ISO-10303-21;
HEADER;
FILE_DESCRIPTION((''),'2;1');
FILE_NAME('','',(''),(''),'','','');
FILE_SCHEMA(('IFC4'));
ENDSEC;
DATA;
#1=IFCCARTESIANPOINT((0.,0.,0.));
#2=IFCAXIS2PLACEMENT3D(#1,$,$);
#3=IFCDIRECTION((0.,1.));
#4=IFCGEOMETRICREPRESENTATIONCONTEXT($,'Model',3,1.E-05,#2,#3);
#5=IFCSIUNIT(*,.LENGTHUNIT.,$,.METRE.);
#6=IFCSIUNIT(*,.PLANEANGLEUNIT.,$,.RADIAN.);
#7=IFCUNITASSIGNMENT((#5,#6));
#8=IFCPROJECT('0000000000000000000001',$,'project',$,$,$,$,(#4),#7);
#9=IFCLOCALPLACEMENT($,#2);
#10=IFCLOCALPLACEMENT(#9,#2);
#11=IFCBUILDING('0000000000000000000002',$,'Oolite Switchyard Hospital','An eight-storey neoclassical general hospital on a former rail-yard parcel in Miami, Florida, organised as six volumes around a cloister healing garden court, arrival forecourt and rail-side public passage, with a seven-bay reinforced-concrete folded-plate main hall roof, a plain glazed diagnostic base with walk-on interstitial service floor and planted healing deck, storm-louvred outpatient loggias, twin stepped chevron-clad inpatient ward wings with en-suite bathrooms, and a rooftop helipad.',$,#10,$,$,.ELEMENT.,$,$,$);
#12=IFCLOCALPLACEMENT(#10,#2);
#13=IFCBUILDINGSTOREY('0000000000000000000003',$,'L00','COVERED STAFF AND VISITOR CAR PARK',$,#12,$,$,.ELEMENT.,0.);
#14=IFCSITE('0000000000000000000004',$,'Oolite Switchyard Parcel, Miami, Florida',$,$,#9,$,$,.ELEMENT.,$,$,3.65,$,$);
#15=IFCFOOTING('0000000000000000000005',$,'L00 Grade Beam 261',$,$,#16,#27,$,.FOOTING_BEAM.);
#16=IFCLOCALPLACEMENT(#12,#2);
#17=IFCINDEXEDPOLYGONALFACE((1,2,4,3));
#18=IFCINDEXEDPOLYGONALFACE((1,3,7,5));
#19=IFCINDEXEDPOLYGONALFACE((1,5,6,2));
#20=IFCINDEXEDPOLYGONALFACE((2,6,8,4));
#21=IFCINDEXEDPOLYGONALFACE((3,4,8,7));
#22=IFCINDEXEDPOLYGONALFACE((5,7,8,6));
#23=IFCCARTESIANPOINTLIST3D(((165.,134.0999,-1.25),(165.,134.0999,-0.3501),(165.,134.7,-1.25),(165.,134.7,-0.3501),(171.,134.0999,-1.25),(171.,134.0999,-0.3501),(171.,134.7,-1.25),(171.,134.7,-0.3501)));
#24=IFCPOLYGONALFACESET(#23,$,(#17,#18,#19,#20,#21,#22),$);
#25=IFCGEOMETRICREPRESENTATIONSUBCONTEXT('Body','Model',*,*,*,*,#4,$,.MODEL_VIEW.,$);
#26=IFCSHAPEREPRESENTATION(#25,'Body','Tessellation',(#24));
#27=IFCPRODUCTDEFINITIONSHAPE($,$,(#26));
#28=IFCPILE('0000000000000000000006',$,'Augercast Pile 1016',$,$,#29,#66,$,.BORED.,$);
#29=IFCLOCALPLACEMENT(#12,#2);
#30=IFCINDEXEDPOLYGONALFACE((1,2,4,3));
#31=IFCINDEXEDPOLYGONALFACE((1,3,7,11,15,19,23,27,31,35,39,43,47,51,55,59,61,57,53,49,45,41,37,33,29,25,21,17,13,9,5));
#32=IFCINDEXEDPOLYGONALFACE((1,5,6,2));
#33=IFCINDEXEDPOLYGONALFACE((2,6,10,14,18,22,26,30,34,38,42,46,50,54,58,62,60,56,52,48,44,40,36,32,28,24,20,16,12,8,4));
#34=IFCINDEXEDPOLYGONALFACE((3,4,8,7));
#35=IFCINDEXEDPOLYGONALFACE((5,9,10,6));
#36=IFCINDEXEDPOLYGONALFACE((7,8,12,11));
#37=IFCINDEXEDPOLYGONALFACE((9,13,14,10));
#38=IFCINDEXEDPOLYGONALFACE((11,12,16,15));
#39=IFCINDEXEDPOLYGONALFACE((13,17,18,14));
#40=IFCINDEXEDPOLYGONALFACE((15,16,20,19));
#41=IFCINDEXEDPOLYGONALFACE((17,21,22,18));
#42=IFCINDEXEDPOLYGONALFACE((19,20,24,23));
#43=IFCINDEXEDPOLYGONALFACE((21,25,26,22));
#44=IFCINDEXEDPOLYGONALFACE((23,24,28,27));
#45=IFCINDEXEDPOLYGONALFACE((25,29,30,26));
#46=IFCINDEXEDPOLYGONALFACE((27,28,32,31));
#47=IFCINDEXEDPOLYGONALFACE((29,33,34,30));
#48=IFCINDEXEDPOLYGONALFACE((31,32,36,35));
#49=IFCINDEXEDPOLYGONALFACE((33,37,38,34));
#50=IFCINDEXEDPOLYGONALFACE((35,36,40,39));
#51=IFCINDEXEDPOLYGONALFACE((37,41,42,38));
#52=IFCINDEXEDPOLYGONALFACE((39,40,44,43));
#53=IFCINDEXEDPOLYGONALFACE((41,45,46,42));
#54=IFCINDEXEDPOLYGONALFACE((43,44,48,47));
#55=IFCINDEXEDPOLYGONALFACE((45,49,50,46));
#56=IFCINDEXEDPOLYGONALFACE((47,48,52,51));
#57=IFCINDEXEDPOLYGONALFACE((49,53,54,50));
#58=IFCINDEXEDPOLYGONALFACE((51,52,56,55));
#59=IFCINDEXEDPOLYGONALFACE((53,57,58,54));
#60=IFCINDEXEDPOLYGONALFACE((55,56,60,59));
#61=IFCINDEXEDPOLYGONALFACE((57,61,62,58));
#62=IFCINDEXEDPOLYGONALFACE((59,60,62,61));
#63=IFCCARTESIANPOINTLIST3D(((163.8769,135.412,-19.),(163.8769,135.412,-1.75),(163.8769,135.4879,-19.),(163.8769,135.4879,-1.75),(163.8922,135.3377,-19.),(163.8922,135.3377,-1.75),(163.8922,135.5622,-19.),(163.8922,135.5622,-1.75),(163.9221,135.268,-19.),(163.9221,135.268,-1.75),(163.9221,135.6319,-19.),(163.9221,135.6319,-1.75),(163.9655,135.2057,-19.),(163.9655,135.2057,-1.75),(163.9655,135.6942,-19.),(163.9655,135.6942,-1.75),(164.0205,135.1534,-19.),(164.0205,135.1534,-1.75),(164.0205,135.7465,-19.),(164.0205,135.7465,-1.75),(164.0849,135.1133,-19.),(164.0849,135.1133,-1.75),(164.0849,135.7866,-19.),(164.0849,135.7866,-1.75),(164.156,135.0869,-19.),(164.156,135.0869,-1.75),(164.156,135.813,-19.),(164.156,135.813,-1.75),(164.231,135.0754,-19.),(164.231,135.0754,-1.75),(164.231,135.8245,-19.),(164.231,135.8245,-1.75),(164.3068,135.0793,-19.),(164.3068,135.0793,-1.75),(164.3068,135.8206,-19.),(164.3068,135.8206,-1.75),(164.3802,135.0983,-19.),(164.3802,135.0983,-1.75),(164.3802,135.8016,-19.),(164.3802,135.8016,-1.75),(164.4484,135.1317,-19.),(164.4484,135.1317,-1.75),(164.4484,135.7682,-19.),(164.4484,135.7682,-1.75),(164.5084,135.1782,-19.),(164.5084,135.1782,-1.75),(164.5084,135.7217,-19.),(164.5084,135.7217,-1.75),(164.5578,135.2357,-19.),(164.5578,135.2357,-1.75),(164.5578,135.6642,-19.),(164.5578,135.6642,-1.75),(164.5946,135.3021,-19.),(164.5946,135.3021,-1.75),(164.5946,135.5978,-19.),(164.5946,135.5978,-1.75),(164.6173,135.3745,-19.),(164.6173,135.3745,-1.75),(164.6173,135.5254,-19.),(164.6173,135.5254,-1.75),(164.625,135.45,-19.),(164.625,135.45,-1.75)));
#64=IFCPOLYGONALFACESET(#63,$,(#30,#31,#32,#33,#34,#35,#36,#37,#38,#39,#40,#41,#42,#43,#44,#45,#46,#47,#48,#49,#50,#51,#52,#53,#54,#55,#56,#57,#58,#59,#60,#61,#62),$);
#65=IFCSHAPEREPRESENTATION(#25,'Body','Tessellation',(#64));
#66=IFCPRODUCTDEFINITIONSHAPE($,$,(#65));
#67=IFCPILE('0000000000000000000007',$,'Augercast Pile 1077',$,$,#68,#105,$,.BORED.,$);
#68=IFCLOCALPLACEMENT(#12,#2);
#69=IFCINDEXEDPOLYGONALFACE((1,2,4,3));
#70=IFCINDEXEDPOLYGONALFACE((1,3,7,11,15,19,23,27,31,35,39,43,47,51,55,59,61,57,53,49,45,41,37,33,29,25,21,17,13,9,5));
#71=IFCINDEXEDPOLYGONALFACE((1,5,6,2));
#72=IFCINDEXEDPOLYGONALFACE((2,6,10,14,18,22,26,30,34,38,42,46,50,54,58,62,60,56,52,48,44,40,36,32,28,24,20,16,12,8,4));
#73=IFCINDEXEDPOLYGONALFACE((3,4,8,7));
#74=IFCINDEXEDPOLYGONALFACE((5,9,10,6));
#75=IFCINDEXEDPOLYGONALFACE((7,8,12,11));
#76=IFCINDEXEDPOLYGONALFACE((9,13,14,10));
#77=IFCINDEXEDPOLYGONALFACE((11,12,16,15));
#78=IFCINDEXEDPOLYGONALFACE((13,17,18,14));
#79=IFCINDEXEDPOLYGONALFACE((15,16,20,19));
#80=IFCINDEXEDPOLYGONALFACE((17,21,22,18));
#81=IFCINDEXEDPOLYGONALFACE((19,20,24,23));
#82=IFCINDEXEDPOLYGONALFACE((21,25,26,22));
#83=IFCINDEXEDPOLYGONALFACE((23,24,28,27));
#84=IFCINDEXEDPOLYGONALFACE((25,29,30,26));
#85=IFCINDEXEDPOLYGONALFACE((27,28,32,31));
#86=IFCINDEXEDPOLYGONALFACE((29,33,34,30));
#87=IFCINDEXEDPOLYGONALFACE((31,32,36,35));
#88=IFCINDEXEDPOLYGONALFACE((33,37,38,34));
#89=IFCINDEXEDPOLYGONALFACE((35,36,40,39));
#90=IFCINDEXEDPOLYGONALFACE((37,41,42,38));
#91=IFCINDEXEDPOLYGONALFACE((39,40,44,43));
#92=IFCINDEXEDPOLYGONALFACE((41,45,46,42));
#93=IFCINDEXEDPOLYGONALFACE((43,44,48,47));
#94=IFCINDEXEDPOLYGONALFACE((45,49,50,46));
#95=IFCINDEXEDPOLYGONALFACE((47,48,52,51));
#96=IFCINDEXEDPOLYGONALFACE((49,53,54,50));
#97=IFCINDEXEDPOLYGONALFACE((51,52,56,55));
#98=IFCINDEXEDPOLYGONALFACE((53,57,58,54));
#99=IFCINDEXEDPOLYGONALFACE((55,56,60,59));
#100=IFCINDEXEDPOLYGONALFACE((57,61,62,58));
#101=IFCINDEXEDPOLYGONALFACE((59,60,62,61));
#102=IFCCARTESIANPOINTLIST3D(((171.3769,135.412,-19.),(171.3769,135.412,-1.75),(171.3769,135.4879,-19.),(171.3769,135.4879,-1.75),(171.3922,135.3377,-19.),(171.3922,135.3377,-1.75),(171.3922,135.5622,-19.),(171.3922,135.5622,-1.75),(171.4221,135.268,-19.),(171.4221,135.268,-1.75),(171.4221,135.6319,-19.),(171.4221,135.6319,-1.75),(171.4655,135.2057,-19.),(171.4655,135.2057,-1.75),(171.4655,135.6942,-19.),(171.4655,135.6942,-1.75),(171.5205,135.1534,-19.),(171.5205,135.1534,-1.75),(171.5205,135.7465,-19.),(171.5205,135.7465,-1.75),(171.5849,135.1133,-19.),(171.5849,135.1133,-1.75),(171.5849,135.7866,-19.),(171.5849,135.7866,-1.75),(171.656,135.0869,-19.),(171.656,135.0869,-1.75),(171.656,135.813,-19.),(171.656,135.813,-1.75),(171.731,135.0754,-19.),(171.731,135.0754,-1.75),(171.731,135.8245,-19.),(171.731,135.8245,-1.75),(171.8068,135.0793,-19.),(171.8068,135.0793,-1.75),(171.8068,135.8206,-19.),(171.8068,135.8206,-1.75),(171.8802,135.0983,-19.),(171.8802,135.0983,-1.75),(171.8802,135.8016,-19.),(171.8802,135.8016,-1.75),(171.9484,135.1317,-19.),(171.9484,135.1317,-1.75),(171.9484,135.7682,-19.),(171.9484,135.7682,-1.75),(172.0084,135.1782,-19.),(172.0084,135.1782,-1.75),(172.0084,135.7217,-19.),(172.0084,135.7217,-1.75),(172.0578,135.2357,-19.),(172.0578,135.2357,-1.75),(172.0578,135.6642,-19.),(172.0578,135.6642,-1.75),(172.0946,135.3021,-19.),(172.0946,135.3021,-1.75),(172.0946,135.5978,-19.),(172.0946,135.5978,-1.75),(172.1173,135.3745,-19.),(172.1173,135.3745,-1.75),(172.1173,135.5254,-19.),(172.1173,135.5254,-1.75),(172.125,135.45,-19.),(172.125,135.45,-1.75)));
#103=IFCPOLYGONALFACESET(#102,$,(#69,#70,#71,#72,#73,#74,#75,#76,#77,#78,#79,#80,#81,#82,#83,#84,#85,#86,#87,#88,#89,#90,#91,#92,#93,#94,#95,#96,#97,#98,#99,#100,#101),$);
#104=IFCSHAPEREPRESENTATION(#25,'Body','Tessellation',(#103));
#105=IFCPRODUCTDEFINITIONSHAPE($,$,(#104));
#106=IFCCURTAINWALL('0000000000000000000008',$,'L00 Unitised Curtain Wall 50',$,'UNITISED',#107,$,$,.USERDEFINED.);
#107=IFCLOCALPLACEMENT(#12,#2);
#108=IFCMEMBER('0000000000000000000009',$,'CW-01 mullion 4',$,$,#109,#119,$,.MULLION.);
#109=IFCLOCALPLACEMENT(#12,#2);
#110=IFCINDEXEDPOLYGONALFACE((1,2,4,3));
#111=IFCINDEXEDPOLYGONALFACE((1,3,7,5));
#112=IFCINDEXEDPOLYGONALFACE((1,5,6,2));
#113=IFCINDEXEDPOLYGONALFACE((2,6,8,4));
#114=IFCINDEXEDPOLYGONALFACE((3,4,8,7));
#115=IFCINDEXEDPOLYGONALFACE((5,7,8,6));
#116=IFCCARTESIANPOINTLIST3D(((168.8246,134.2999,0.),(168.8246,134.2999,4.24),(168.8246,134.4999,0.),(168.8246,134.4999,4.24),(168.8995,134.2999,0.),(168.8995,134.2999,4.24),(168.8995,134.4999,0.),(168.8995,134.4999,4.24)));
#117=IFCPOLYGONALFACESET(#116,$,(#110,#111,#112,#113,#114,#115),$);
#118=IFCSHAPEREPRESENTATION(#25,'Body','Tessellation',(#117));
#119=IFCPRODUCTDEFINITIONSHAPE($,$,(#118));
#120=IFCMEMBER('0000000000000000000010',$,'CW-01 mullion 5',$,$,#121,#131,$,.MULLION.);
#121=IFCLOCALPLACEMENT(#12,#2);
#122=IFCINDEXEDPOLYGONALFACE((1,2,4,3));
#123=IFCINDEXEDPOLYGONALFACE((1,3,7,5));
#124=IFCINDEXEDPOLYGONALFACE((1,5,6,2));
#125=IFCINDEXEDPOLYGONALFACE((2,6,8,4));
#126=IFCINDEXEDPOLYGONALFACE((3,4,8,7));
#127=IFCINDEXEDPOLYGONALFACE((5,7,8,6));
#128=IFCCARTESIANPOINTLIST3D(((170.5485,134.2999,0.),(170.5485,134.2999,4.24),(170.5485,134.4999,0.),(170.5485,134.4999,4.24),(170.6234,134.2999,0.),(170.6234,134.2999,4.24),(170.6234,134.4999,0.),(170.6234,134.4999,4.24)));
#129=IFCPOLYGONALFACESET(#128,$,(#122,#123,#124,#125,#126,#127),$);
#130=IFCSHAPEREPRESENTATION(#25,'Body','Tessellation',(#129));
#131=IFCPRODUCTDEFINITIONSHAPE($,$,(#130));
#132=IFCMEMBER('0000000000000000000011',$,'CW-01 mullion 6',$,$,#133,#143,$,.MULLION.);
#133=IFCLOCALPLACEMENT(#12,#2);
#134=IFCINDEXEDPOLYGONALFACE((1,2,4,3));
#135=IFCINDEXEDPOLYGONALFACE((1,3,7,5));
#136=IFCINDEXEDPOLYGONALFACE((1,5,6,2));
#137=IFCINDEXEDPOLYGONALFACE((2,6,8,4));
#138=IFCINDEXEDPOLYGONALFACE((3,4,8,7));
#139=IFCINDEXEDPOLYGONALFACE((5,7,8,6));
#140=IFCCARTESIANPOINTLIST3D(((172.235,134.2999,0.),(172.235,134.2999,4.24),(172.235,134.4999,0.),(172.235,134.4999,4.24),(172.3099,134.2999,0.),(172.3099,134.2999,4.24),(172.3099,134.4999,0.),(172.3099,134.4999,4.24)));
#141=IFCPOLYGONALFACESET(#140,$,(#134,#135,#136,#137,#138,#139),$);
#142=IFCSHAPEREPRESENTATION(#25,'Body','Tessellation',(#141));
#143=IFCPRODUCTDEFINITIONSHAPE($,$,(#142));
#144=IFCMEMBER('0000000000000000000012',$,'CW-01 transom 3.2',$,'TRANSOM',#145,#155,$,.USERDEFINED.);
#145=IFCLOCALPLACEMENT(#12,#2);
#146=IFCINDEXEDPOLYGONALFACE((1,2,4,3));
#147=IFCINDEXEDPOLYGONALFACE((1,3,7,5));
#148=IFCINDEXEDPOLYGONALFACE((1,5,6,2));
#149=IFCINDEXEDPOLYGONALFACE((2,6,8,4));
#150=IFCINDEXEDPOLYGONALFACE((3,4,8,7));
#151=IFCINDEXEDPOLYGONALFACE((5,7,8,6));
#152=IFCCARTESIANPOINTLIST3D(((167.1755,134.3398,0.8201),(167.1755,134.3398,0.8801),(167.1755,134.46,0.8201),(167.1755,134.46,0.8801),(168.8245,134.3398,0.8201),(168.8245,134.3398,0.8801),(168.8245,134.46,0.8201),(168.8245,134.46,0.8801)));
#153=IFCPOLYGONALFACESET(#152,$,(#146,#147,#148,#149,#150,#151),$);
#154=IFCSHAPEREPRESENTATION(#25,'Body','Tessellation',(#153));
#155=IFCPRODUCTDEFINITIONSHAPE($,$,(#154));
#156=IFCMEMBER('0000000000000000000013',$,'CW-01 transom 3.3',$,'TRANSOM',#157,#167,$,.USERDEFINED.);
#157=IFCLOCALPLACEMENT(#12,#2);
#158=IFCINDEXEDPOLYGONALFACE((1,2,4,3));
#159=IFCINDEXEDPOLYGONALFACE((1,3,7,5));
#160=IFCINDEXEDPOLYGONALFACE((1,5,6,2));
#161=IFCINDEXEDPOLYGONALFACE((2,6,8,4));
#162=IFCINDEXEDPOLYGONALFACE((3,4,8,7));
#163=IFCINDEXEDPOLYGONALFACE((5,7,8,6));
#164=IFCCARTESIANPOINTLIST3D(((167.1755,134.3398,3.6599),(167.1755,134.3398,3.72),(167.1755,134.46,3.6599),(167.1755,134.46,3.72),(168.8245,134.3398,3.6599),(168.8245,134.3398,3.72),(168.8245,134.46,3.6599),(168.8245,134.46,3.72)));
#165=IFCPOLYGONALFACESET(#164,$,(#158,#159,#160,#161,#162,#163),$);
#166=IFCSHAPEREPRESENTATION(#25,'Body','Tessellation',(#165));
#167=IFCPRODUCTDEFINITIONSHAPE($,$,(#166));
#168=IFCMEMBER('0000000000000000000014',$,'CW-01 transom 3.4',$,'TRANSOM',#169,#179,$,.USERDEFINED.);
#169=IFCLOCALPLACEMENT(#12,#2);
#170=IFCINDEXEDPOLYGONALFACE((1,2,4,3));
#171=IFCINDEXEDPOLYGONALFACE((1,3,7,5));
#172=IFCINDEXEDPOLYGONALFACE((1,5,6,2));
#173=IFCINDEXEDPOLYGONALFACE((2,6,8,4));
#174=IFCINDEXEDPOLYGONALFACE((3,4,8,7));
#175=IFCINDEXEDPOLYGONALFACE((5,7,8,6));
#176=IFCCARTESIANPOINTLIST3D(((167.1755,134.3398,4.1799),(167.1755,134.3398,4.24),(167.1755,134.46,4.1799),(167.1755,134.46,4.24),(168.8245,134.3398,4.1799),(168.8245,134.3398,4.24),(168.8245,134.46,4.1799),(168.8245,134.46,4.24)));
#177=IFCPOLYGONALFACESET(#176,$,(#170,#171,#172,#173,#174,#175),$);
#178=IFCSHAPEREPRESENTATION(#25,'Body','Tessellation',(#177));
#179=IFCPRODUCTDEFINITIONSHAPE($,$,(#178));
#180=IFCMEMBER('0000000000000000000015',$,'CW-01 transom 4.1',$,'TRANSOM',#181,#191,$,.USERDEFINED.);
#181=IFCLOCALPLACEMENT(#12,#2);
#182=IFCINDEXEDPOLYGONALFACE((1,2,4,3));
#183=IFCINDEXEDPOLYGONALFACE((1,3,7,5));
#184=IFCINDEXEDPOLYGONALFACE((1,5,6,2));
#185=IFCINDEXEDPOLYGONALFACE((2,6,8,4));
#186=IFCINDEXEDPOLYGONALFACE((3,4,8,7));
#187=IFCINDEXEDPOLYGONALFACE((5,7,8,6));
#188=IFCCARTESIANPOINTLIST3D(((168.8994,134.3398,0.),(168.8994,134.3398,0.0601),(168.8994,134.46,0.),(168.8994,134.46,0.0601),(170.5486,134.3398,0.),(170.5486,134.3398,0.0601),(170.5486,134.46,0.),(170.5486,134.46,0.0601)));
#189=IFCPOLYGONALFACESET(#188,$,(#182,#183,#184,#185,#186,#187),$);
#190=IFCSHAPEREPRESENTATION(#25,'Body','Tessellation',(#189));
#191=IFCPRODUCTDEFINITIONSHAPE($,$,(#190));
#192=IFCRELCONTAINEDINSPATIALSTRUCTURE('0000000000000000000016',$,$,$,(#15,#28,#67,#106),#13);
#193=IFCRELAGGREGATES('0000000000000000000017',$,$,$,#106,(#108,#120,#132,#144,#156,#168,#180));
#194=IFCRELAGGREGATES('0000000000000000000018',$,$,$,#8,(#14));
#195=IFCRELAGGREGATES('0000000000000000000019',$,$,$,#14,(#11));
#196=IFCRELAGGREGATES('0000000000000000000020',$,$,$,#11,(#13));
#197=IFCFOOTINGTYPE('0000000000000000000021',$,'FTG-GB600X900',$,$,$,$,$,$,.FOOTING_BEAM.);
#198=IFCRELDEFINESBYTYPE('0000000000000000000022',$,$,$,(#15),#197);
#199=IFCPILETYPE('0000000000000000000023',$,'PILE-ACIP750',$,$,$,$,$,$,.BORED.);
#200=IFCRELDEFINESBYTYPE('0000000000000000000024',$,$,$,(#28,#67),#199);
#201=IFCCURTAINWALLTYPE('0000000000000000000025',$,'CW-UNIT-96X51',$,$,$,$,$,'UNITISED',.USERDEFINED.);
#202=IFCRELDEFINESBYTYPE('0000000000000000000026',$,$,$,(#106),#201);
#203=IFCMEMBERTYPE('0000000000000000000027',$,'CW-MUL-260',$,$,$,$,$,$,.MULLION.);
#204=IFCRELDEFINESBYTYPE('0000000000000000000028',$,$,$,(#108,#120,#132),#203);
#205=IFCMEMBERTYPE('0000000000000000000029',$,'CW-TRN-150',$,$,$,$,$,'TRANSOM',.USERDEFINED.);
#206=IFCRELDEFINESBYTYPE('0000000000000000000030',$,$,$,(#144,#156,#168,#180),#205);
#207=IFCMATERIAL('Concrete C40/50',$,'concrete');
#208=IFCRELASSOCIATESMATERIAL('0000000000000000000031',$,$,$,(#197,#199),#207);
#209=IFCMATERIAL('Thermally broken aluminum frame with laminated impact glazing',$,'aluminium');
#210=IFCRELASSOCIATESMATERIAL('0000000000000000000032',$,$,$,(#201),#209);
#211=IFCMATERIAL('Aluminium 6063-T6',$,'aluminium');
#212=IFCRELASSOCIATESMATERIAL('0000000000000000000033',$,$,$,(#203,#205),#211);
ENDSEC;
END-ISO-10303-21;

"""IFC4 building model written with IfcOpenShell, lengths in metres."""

from ifc_helpers import new_model, si_unit, direction, frame, origin, origin_2d, place, context, subcontext, project, spatial, rectangle, circle, extrude, material, material_profile, profile_set, type_object, element, aggregate, save


model = new_model("IFC4")

# Units and contexts
model_context = context("Model", 3, precision=1e-05, world=origin(), true_north=direction((0.0, 1.0)))
body_context = subcontext(model_context, "Body", "Model", "MODEL_VIEW")
ifc_project = project(units=[si_unit("LENGTHUNIT", "METRE"), si_unit("PLANEANGLEUNIT", "RADIAN")], contexts=[model_context])

# Site, building, storey
site_placement = place(None, origin())
site = spatial("IfcSite", under=ifc_project, at=site_placement, Name="Oolite Switchyard Parcel, Miami, Florida", CompositionType="ELEMENT", RefElevation=3.65)
building_placement = place(site_placement, origin())
building = spatial("IfcBuilding", under=site, at=building_placement, Name="Oolite Switchyard Hospital", Description="An eight-storey neoclassical general hospital on a former rail-yard parcel in Miami, Florida, organised as six volumes around a cloister healing garden court, arrival forecourt and rail-side public passage, with a seven-bay reinforced-concrete folded-plate main hall roof, a plain glazed diagnostic base with walk-on interstitial service floor and planted healing deck, storm-louvred outpatient loggias, twin stepped chevron-clad inpatient ward wings with en-suite bathrooms, and a rooftop helipad.", CompositionType="ELEMENT")
storey_placement = place(building_placement, origin())
storey = spatial("IfcBuildingStorey", under=building, at=storey_placement, Name="L00", Description="COVERED STAFF AND VISITOR CAR PARK", CompositionType="ELEMENT", Elevation=0.0)

# Footing
ifc_material_1 = material(Name="Concrete C40/50", Category="concrete")
footing_type = type_object("IfcFootingType", Name="FTG-GB600X900", PredefinedType="FOOTING_BEAM", material=ifc_material_1)
footing_placement = place(storey_placement, frame((168.0, 134.3999, -1.25), z_axis=(0.0, 0.0, 1.0), x_axis=(1.0, 0.0, 0.0)))
element("IfcFooting", 1, at=footing_placement, inside=storey, type_object=footing_type, Name="L00 Grade Beam 261", PredefinedType="FOOTING_BEAM", context=body_context, shape_type="SweptSolid", body=[
    extrude(rectangle(XDim=6.0, YDim=0.6001, at=origin_2d()), origin(), (0.0, 0.0, 1.0), 0.8999),
])

# Piles
ifc_material_profile_1 = material_profile(ifc_material_1, circle(Radius=0.375, at=origin_2d()), Name="PILE750")
ifc_profile_set_1 = profile_set([ifc_material_profile_1], Name="Concrete C40/50")
pile_type = type_object("IfcPileType", Name="PILE-ACIP750", PredefinedType="BORED", material=ifc_profile_set_1)
for number, where, z_axis, x_axis, name in (
    (2, (164.25, 135.45, -1.75), (0.0, 0.0, -1.0), (1.0, 0.0, 0.0), "Augercast Pile 1016"),
    (3, (171.75, 135.45, -1.75), (0.0, 0.0, -1.0), (1.0, 0.0, 0.0), "Augercast Pile 1077"),
):
    element("IfcPile", number, at=place(storey_placement, frame(where, z_axis=z_axis, x_axis=x_axis)), inside=storey, type_object=pile_type, Name=name, PredefinedType="BORED", context=body_context, shape_type="SweptSolid", body=[
        extrude(circle(Radius=0.375, at=origin_2d()), origin(), (0.0, 0.0, 1.0), 17.25),
    ])

# Curtain wall, members
ifc_material_2 = material(Name="Thermally broken aluminum frame with laminated impact glazing", Category="aluminium")
curtain_wall_type = type_object("IfcCurtainWallType", Name="CW-UNIT-96X51", ElementType="UNITISED", PredefinedType="USERDEFINED", material=ifc_material_2)
curtain_wall_placement = place(storey_placement, origin())
curtain_wall = element("IfcCurtainWall", 4, at=curtain_wall_placement, inside=storey, type_object=curtain_wall_type, Name="L00 Unitised Curtain Wall 50", ObjectType="UNITISED", PredefinedType="USERDEFINED")
ifc_material_3 = material(Name="Aluminium 6063-T6", Category="aluminium")
ifc_material_profile_2 = material_profile(ifc_material_3, rectangle(XDim=0.2, YDim=0.075, at=origin_2d()), Name="CWM75X200")
ifc_profile_set_2 = profile_set([ifc_material_profile_2], Name="Aluminium 6063-T6")
member_type_1 = type_object("IfcMemberType", Name="CW-MUL-260", PredefinedType="MULLION", material=ifc_profile_set_2)
member_1_placement = place(storey_placement, frame((168.8621, 134.3999, 0.0), z_axis=(0.0, 0.0, 1.0), x_axis=(0.0, 1.0, 0.0)))
member_1 = element("IfcMember", 5, at=member_1_placement, type_object=member_type_1, Name="CW-01 mullion 4", PredefinedType="MULLION", context=body_context, shape_type="SweptSolid", body=[
    extrude(rectangle(XDim=0.2, YDim=0.075, at=origin_2d()), origin(), (0.0, 0.0, 1.0), 4.24),
])
member_2_placement = place(storey_placement, frame((170.5859, 134.3999, 0.0), z_axis=(0.0, 0.0, 1.0), x_axis=(0.0, 1.0, 0.0)))
member_2 = element("IfcMember", 6, at=member_2_placement, type_object=member_type_1, Name="CW-01 mullion 5", PredefinedType="MULLION", context=body_context, shape_type="SweptSolid", body=[
    extrude(rectangle(XDim=0.2, YDim=0.075, at=origin_2d()), origin(), (0.0, 0.0, 1.0), 4.24),
])
member_3_placement = place(storey_placement, frame((172.2725, 134.3999, 0.0), z_axis=(0.0, 0.0, 1.0), x_axis=(0.0, 1.0, 0.0)))
member_3 = element("IfcMember", 7, at=member_3_placement, type_object=member_type_1, Name="CW-01 mullion 6", PredefinedType="MULLION", context=body_context, shape_type="SweptSolid", body=[
    extrude(rectangle(XDim=0.2, YDim=0.075, at=origin_2d()), origin(), (0.0, 0.0, 1.0), 4.24),
])
ifc_material_profile_3 = material_profile(ifc_material_3, rectangle(XDim=0.1201, YDim=0.0601, at=origin_2d()), Name="CWT60X120")
ifc_profile_set_3 = profile_set([ifc_material_profile_3], Name="Aluminium 6063-T6")
member_type_2 = type_object("IfcMemberType", Name="CW-TRN-150", ElementType="TRANSOM", PredefinedType="USERDEFINED", material=ifc_profile_set_3)
member_4_placement = place(storey_placement, frame((167.1755, 134.3999, 0.8501), z_axis=(1.0, 0.0, 0.0), x_axis=(0.0, 1.0, 0.0)))
member_4 = element("IfcMember", 8, at=member_4_placement, type_object=member_type_2, Name="CW-01 transom 3.2", ObjectType="TRANSOM", PredefinedType="USERDEFINED", context=body_context, shape_type="SweptSolid", body=[
    extrude(rectangle(XDim=0.1201, YDim=0.0601, at=origin_2d()), origin(), (0.0, 0.0, 1.0), 1.6489),
])
member_5_placement = place(storey_placement, frame((167.1755, 134.3999, 3.6899), z_axis=(1.0, 0.0, 0.0), x_axis=(0.0, 1.0, 0.0)))
member_5 = element("IfcMember", 9, at=member_5_placement, type_object=member_type_2, Name="CW-01 transom 3.3", ObjectType="TRANSOM", PredefinedType="USERDEFINED", context=body_context, shape_type="SweptSolid", body=[
    extrude(rectangle(XDim=0.1201, YDim=0.0601, at=origin_2d()), origin(), (0.0, 0.0, 1.0), 1.6489),
])
member_6_placement = place(storey_placement, frame((167.1755, 134.3999, 4.21), z_axis=(1.0, 0.0, 0.0), x_axis=(0.0, 1.0, 0.0)))
member_6 = element("IfcMember", 10, at=member_6_placement, type_object=member_type_2, Name="CW-01 transom 3.4", ObjectType="TRANSOM", PredefinedType="USERDEFINED", context=body_context, shape_type="SweptSolid", body=[
    extrude(rectangle(XDim=0.1201, YDim=0.0601, at=origin_2d()), origin(), (0.0, 0.0, 1.0), 1.6489),
])
member_7_placement = place(storey_placement, frame((168.8994, 134.3999, 0.03), z_axis=(1.0, 0.0, 0.0), x_axis=(0.0, 1.0, 0.0)))
member_7 = element("IfcMember", 11, at=member_7_placement, type_object=member_type_2, Name="CW-01 transom 4.1", ObjectType="TRANSOM", PredefinedType="USERDEFINED", context=body_context, shape_type="SweptSolid", body=[
    extrude(rectangle(XDim=0.1201, YDim=0.0601, at=origin_2d()), origin(), (0.0, 0.0, 1.0), 1.6492),
])
aggregate(curtain_wall, [member_1, member_2, member_3, member_4, member_5, member_6, member_7])

save(model, "model.ifc")
